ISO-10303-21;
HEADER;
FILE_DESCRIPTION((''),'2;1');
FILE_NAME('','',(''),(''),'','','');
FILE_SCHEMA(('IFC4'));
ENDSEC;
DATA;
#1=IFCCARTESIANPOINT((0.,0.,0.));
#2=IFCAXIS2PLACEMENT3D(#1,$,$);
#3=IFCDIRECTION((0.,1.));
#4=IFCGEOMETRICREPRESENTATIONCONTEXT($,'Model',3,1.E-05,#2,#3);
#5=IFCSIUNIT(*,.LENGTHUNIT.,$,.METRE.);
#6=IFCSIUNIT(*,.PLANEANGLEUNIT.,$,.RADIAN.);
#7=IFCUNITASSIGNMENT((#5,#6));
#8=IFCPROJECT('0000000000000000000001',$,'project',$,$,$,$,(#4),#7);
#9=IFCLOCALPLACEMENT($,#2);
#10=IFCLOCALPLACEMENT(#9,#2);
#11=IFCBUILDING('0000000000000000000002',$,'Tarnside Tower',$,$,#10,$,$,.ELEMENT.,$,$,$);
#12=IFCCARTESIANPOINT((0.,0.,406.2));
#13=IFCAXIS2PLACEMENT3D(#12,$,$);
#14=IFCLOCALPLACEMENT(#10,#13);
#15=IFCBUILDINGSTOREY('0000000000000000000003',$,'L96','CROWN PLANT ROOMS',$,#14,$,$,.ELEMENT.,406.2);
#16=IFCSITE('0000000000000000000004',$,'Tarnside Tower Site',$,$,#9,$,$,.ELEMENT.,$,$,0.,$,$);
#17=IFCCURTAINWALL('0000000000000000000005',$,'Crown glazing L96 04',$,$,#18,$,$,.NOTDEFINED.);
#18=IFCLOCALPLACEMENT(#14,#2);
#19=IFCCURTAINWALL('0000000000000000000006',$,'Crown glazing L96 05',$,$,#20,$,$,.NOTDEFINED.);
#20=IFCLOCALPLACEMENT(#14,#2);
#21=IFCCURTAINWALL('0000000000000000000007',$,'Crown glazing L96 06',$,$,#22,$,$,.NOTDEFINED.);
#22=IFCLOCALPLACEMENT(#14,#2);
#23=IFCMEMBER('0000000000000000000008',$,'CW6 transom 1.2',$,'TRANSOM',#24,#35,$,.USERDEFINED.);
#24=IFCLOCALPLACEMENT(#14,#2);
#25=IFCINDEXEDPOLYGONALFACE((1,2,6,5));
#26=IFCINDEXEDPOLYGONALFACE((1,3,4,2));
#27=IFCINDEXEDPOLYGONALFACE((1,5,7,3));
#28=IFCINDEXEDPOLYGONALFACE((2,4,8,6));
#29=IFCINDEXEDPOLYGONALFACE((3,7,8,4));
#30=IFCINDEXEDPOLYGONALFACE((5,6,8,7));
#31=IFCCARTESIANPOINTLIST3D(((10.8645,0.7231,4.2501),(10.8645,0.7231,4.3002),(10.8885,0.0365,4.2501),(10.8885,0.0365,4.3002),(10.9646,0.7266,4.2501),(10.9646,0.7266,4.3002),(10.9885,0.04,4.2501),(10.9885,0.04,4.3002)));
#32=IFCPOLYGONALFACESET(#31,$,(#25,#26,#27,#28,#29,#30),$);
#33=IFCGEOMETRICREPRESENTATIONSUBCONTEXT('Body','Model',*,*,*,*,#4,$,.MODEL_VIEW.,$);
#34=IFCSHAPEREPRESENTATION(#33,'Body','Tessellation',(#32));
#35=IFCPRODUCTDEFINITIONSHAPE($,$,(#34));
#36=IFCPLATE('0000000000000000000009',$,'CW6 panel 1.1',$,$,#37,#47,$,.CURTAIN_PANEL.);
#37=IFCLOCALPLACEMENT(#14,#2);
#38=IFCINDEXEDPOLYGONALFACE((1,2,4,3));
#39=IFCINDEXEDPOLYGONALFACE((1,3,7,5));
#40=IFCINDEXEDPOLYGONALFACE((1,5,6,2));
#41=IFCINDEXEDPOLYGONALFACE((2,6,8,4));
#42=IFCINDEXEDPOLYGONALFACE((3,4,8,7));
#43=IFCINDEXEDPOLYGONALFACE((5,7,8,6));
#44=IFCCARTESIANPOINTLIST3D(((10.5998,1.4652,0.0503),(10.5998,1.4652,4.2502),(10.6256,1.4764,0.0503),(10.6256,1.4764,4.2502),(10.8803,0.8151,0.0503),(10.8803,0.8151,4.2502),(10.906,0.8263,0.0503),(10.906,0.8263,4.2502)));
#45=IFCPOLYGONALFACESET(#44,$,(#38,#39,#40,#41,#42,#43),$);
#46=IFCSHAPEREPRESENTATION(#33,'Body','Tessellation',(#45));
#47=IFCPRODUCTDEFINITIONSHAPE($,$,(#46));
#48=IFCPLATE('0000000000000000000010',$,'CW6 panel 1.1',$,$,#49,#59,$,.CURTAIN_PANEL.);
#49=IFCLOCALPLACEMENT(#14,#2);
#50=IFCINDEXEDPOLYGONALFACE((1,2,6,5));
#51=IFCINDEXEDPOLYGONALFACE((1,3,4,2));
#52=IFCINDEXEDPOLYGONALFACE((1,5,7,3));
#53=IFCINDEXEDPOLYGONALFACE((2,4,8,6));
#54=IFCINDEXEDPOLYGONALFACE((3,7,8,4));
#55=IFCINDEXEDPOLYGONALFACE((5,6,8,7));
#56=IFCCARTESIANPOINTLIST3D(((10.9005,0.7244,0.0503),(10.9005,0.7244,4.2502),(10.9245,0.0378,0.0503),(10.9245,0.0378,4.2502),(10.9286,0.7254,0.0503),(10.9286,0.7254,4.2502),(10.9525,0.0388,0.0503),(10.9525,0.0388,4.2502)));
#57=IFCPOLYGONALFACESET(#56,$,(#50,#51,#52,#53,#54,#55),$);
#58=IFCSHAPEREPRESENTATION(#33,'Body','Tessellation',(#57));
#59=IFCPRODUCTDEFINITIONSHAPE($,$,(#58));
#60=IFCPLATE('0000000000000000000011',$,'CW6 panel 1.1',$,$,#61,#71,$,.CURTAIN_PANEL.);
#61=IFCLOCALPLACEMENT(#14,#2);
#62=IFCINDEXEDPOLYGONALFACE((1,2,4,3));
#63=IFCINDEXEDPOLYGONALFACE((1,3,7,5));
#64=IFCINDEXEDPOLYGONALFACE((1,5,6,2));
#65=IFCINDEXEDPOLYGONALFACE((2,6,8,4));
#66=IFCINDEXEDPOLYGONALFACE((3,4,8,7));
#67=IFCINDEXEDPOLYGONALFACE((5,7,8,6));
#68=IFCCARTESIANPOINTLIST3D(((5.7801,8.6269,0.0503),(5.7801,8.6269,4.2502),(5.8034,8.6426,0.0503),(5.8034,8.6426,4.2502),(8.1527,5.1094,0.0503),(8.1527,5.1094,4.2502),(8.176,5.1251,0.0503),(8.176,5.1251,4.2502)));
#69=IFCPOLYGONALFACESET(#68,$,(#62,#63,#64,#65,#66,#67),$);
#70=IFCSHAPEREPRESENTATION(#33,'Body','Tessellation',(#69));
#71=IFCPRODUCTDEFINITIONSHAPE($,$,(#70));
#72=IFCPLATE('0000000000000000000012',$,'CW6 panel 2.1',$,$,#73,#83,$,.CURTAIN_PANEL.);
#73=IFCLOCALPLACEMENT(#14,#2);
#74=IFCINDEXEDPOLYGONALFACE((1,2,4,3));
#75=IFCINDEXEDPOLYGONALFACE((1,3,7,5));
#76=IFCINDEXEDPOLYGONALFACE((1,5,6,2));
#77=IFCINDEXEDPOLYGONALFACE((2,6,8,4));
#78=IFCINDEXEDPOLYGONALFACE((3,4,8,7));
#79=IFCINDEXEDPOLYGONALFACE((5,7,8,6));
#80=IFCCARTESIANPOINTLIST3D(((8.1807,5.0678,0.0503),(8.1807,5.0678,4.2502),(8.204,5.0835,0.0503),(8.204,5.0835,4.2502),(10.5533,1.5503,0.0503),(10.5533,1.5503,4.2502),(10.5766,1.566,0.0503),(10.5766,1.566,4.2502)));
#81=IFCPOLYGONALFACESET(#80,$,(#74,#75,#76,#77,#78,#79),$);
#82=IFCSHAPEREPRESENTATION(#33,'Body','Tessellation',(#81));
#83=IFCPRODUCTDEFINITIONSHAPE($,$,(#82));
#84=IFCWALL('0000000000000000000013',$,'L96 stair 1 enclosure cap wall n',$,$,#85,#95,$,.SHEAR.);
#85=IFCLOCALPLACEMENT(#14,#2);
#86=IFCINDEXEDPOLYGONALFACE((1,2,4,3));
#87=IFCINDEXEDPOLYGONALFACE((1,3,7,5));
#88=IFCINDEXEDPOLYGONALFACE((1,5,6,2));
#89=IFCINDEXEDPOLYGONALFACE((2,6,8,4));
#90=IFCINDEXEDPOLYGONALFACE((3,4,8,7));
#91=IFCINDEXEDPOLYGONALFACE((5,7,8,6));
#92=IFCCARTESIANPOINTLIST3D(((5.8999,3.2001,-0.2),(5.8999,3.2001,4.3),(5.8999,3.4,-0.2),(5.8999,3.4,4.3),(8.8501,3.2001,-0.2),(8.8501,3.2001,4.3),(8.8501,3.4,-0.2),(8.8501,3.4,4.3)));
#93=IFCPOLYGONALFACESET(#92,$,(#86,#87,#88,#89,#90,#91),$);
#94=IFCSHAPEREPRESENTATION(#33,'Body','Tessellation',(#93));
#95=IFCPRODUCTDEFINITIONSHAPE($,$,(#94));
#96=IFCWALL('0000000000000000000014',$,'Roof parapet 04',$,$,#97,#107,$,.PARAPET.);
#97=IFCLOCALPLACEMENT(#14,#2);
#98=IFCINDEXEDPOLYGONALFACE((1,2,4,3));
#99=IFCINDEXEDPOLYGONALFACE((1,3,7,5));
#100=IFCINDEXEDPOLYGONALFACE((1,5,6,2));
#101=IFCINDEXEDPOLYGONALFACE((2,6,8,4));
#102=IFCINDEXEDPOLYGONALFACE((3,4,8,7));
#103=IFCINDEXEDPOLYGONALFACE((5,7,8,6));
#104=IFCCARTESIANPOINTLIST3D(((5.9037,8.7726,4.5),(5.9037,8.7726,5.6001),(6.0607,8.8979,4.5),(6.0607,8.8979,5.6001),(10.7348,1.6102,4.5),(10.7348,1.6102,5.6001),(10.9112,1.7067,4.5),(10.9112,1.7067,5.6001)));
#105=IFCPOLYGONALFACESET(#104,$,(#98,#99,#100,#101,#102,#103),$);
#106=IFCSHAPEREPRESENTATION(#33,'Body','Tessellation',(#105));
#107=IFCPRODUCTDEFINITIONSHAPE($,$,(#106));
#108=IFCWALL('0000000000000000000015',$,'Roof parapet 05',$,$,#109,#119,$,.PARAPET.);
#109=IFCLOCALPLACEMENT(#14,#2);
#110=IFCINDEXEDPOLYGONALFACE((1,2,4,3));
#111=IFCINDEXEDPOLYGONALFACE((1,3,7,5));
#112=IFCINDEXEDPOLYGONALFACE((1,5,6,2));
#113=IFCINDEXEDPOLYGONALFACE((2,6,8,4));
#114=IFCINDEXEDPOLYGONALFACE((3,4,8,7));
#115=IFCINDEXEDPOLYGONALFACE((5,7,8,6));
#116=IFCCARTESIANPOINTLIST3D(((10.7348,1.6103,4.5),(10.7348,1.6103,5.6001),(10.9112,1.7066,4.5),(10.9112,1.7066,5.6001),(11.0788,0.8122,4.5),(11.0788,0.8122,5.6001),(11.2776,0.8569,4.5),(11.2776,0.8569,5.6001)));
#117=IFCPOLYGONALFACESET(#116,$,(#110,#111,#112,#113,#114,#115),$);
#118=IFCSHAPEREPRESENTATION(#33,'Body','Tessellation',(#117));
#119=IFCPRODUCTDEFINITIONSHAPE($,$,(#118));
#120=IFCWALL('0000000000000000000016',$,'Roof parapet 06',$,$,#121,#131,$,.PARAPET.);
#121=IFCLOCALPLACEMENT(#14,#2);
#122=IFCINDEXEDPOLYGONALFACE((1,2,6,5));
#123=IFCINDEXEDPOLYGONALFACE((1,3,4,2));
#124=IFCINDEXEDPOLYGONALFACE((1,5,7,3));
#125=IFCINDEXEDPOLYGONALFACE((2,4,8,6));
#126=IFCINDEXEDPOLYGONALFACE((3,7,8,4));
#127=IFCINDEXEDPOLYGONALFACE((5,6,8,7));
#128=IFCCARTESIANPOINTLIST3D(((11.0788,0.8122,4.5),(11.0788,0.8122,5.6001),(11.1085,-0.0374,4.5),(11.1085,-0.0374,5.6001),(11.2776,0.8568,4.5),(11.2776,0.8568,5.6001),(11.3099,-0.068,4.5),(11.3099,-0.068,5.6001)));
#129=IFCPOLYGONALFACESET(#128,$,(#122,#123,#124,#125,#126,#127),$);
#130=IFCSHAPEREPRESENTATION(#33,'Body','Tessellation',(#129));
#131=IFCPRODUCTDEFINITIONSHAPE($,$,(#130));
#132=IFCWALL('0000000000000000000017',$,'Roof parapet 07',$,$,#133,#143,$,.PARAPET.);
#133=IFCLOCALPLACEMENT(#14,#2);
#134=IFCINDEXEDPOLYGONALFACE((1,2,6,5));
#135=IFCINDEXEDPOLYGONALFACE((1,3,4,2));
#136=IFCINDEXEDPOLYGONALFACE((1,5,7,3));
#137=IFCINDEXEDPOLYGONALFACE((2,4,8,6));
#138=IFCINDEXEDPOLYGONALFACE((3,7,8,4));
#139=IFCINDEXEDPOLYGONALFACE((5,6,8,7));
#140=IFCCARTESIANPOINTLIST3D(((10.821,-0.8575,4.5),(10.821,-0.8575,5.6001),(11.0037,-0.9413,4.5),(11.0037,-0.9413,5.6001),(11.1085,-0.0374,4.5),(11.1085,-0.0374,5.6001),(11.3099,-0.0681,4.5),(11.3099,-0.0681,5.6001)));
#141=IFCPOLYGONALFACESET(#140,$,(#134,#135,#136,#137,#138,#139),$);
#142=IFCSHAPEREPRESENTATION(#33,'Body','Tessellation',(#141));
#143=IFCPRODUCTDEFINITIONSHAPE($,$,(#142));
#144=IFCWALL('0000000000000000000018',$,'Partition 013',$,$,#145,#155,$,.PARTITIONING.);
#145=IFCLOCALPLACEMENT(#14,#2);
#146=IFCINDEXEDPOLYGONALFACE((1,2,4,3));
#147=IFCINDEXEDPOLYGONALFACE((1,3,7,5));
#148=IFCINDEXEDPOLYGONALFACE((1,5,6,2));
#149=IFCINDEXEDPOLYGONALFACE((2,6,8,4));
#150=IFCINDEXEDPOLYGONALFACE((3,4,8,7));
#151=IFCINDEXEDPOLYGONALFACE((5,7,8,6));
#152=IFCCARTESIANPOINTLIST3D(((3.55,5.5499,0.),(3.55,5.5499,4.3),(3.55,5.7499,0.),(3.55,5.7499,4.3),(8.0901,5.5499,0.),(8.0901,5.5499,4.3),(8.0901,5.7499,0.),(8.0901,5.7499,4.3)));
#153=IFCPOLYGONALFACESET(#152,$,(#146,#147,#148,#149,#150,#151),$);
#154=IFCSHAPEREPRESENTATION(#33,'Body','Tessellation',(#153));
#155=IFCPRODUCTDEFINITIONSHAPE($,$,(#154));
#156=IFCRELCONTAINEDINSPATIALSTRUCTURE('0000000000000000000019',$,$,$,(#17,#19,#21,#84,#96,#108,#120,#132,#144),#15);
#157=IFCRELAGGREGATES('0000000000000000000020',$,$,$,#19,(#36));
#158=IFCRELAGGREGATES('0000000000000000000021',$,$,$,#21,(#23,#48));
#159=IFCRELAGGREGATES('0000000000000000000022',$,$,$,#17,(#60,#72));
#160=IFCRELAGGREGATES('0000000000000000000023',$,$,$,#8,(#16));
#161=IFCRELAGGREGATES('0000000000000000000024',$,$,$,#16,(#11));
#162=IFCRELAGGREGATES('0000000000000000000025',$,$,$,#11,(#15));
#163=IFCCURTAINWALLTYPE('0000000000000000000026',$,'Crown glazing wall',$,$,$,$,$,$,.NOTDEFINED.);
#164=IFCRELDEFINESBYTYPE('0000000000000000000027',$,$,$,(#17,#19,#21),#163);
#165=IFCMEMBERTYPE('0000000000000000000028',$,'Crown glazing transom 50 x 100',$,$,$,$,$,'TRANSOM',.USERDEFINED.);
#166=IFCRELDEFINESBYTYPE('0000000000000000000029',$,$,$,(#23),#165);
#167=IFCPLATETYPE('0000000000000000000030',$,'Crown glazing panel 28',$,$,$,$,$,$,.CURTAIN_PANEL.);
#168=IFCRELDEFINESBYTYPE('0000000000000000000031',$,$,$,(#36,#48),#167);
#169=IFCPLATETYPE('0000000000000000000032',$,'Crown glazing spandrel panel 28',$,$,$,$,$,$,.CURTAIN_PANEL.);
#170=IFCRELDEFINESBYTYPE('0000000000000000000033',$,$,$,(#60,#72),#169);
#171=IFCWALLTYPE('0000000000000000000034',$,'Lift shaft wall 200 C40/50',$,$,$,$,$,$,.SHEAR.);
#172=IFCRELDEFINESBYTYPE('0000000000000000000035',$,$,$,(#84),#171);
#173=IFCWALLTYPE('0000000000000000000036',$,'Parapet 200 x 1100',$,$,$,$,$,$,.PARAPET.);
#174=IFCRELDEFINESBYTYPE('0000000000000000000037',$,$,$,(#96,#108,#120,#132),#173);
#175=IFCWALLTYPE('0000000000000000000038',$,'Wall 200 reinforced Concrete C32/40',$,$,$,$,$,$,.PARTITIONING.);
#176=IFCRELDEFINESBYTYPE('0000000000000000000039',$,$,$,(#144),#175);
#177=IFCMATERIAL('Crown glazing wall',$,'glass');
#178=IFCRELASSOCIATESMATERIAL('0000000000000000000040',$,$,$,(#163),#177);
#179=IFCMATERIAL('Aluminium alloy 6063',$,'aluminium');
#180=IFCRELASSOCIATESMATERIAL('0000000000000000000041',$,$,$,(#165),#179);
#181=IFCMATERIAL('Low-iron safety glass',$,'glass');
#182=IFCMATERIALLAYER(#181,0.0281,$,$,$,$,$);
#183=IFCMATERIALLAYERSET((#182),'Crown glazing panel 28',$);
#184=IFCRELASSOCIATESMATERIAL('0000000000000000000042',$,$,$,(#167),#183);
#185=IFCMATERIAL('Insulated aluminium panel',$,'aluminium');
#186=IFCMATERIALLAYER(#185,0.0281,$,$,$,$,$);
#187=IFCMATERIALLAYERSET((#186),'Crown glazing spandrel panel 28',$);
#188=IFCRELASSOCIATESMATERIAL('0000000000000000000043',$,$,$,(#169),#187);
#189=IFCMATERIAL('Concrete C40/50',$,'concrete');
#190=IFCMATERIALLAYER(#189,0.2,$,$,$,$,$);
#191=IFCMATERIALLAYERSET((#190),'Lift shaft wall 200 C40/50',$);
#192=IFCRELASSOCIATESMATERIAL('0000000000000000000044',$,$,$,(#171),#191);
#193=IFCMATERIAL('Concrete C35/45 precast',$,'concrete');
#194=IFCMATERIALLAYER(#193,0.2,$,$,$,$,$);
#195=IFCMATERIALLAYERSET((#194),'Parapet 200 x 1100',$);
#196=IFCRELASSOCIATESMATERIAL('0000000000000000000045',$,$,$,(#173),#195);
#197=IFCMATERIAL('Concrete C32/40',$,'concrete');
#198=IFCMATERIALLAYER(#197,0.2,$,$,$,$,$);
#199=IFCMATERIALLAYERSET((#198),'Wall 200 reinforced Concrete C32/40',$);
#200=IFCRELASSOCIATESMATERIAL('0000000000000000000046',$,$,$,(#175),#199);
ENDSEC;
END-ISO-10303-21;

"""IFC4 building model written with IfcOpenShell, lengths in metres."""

from ifc_helpers import new_model, si_unit, direction, frame, frame_2d, origin, origin_2d, place, context, subcontext, project, spatial, polyline, rectangle, outline, extrude, material, layer, layer_set, material_profile, profile_set, type_object, element, aggregate, save


model = new_model("IFC4")

# Units and contexts
model_context = context("Model", 3, precision=1e-05, world=origin(), true_north=direction((0.0, 1.0)))
body_context = subcontext(model_context, "Body", "Model", "MODEL_VIEW")
ifc_project = project(units=[si_unit("LENGTHUNIT", "METRE"), si_unit("PLANEANGLEUNIT", "RADIAN")], contexts=[model_context])

# Site, building, storey
site_placement = place(None, origin())
site = spatial("IfcSite", under=ifc_project, at=site_placement, Name="Tarnside Tower Site", CompositionType="ELEMENT", RefElevation=0.0)
building_placement = place(site_placement, origin())
building = spatial("IfcBuilding", under=site, at=building_placement, Name="Tarnside Tower", CompositionType="ELEMENT")
storey_placement = place(building_placement, frame((0.0, 0.0, 406.2)))
storey = spatial("IfcBuildingStorey", under=building, at=storey_placement, Name="L96", Description="CROWN PLANT ROOMS", CompositionType="ELEMENT", Elevation=406.2)

# Curtain walls
ifc_material_1 = material(Name="Crown glazing wall", Category="glass")
curtain_wall_type = type_object("IfcCurtainWallType", Name="Crown glazing wall", PredefinedType="NOTDEFINED", material=ifc_material_1)
curtain_wall_1_placement = place(storey_placement, origin())
curtain_wall_1 = element("IfcCurtainWall", 1, at=curtain_wall_1_placement, inside=storey, type_object=curtain_wall_type, Name="Crown glazing L96 04", PredefinedType="NOTDEFINED")
ifc_material_2 = material(Name="Aluminium alloy 6063", Category="aluminium")
curtain_wall_2_placement = place(storey_placement, origin())
curtain_wall_2 = element("IfcCurtainWall", 2, at=curtain_wall_2_placement, inside=storey, type_object=curtain_wall_type, Name="Crown glazing L96 05", PredefinedType="NOTDEFINED")
curtain_wall_3_placement = place(storey_placement, origin())
curtain_wall_3 = element("IfcCurtainWall", 3, at=curtain_wall_3_placement, inside=storey, type_object=curtain_wall_type, Name="Crown glazing L96 06", PredefinedType="NOTDEFINED")

# Member
ifc_material_profile_1 = material_profile(ifc_material_2, rectangle(XDim=0.1001, YDim=0.05, at=origin_2d()), Name="Crown glazing transom 50 x 100")
ifc_profile_set_1 = profile_set([ifc_material_profile_1], Name="Aluminium alloy 6063")
member_type_1 = type_object("IfcMemberType", Name="Crown glazing transom 50 x 100", ElementType="TRANSOM", PredefinedType="USERDEFINED", material=ifc_profile_set_1)
member_1_placement = place(storey_placement, frame((10.9146, 0.7249, 4.2751), z_axis=(0.034829, -0.999393, 0.0), x_axis=(0.999393, 0.034829, 0.0)))
member_1 = element("IfcMember", 4, at=member_1_placement, type_object=member_type_1, Name="CW6 transom 1.2", ObjectType="TRANSOM", PredefinedType="USERDEFINED", context=body_context, shape_type="SweptSolid", body=[
    extrude(rectangle(XDim=0.1001, YDim=0.05, at=origin_2d()), origin(), (0.0, 0.0, 1.0), 0.687),
])

# Plates
ifc_material_3 = material(Name="Low-iron safety glass", Category="glass")
ifc_layer_1 = layer(ifc_material_3, 0.0281)
ifc_layer_set_1 = layer_set([ifc_layer_1], Name="Crown glazing panel 28")
plate_type_1 = type_object("IfcPlateType", Name="Crown glazing panel 28", PredefinedType="CURTAIN_PANEL", material=ifc_layer_set_1)
plate_1_placement = place(storey_placement, frame((10.7529, 1.1458, 0.0503), z_axis=(0.0, 0.0, 1.0), x_axis=(0.39608, -0.918216, 0.0)))
plate_1 = element("IfcPlate", 5, at=plate_1_placement, type_object=plate_type_1, Name="CW6 panel 1.1", PredefinedType="CURTAIN_PANEL", context=body_context, shape_type="SweptSolid", body=[
    extrude(rectangle(XDim=0.708, YDim=0.0281, at=origin_2d()), origin(), (0.0, 0.0, 1.0), 4.2),
])
aggregate(curtain_wall_2, [plate_1])
plate_2_placement = place(storey_placement, frame((10.9265, 0.3816, 0.0503), z_axis=(0.0, 0.0, 1.0), x_axis=(0.034899, -0.999391, 0.0)))
plate_2 = element("IfcPlate", 6, at=plate_2_placement, type_object=plate_type_1, Name="CW6 panel 1.1", PredefinedType="CURTAIN_PANEL", context=body_context, shape_type="SweptSolid", body=[
    extrude(rectangle(XDim=0.687, YDim=0.0281, at=origin_2d()), origin(), (0.0, 0.0, 1.0), 4.2),
])
aggregate(curtain_wall_3, [member_1, plate_2])
ifc_material_4 = material(Name="Insulated aluminium panel", Category="aluminium")
ifc_layer_2 = layer(ifc_material_4, 0.0281)
ifc_layer_set_2 = layer_set([ifc_layer_2], Name="Crown glazing spandrel panel 28")
plate_type_2 = type_object("IfcPlateType", Name="Crown glazing spandrel panel 28", PredefinedType="CURTAIN_PANEL", material=ifc_layer_set_2)
plate_3_placement = place(storey_placement, frame((6.978, 6.876, 0.0503), z_axis=(0.0, 0.0, 1.0), x_axis=(0.559193, -0.829038, 0.0)))
plate_3 = element("IfcPlate", 7, at=plate_3_placement, type_object=plate_type_2, Name="CW6 panel 1.1", PredefinedType="CURTAIN_PANEL", context=body_context, shape_type="SweptSolid", body=[
    extrude(rectangle(XDim=4.2429, YDim=0.0281, at=origin_2d()), origin(), (0.0, 0.0, 1.0), 4.2),
])
plate_4_placement = place(storey_placement, frame((9.3787, 3.3169, 0.0503), z_axis=(0.0, 0.0, 1.0), x_axis=(0.559193, -0.829038, 0.0)))
plate_4 = element("IfcPlate", 8, at=plate_4_placement, type_object=plate_type_2, Name="CW6 panel 2.1", PredefinedType="CURTAIN_PANEL", context=body_context, shape_type="SweptSolid", body=[
    extrude(rectangle(XDim=4.2429, YDim=0.0281, at=origin_2d()), origin(), (0.0, 0.0, 1.0), 4.2),
])
aggregate(curtain_wall_1, [plate_3, plate_4])

# Walls
ifc_material_5 = material(Name="Concrete C40/50", Category="concrete")
ifc_layer_3 = layer(ifc_material_5, 0.2)
ifc_layer_set_3 = layer_set([ifc_layer_3], Name="Lift shaft wall 200 C40/50")
wall_type_1 = type_object("IfcWallType", Name="Lift shaft wall 200 C40/50", PredefinedType="SHEAR", material=ifc_layer_set_3)
wall_1_placement = place(storey_placement, frame((5.8999, 3.3, -0.2), z_axis=(0.0, 0.0, 1.0), x_axis=(1.0, 0.0, 0.0)))
element("IfcWall", 9, at=wall_1_placement, inside=storey, type_object=wall_type_1, Name="L96 stair 1 enclosure cap wall n", PredefinedType="SHEAR", context=body_context, shape_type="SweptSolid", body=[
    extrude(rectangle(XDim=2.9502, YDim=0.2, at=frame_2d((1.4751, 0.0))), origin(), (0.0, 0.0, 1.0), 4.5),
])
ifc_material_6 = material(Name="Concrete C35/45 precast", Category="concrete")
ifc_layer_4 = layer(ifc_material_6, 0.2)
ifc_layer_set_4 = layer_set([ifc_layer_4], Name="Parapet 200 x 1100")
wall_type_2 = type_object("IfcWallType", Name="Parapet 200 x 1100", PredefinedType="PARAPET", material=ifc_layer_set_4)
wall_2_placement = place(storey_placement, frame((5.9822, 8.8352, 4.5), z_axis=(0.0, 0.0, 1.0), x_axis=(0.559196, -0.829036, 0.0)))
element("IfcWall", 10, at=wall_2_placement, inside=storey, type_object=wall_type_2, Name="Roof parapet 04", PredefinedType="PARAPET", context=body_context, shape_type="SweptSolid", body=[
    extrude(outline(polyline([(0.0081, -0.1001), (8.6475, -0.1001), (8.666, 0.1001), (-0.0081, 0.1001), (0.0081, -0.1001)])), origin(), (0.0, 0.0, 1.0), 1.1001),
])
wall_3_placement = place(storey_placement, frame((10.823, 1.6584, 4.5), z_axis=(0.0, 0.0, 1.0), x_axis=(0.395889, -0.918299, 0.0)))
element("IfcWall", 11, at=wall_3_placement, inside=storey, type_object=wall_type_2, Name="Roof parapet 05", PredefinedType="PARAPET", context=body_context, shape_type="SweptSolid", body=[
    extrude(outline(polyline([(0.0093, -0.1001), (0.8784, -0.1001), (0.916, 0.1001), (-0.0093, 0.1001), (0.0093, -0.1001)])), origin(), (0.0, 0.0, 1.0), 1.1001),
])
wall_4_placement = place(storey_placement, frame((11.1782, 0.8345, 4.5), z_axis=(0.0, 0.0, 1.0), x_axis=(0.034926, -0.99939, 0.0)))
element("IfcWall", 12, at=wall_4_placement, inside=storey, type_object=wall_type_2, Name="Roof parapet 06", PredefinedType="PARAPET", context=body_context, shape_type="SweptSolid", body=[
    extrude(outline(polyline([(0.0188, -0.1001), (0.8689, -0.1001), (0.9065, 0.1001), (-0.0188, 0.1001), (0.0188, -0.1001)])), origin(), (0.0, 0.0, 1.0), 1.1001),
])
wall_5_placement = place(storey_placement, frame((11.2092, -0.0527, 4.5), z_axis=(0.0, 0.0, 1.0), x_axis=(-0.330884, -0.943672, 0.0)))
element("IfcWall", 13, at=wall_5_placement, inside=storey, type_object=wall_type_2, Name="Roof parapet 07", PredefinedType="PARAPET", context=body_context, shape_type="SweptSolid", body=[
    extrude(outline(polyline([(0.0188, -0.1001), (0.8879, -0.1001), (0.9065, 0.1001), (-0.0188, 0.1001), (0.0188, -0.1001)])), origin(), (0.0, 0.0, 1.0), 1.1001),
])
ifc_material_7 = material(Name="Concrete C32/40", Category="concrete")
ifc_layer_5 = layer(ifc_material_7, 0.2)
ifc_layer_set_5 = layer_set([ifc_layer_5], Name="Wall 200 reinforced Concrete C32/40")
wall_type_3 = type_object("IfcWallType", Name="Wall 200 reinforced Concrete C32/40", PredefinedType="PARTITIONING", material=ifc_layer_set_5)
wall_6_placement = place(storey_placement, frame((8.0901, 5.6499, 0.0), z_axis=(0.0, 0.0, 1.0), x_axis=(-1.0, 0.0, 0.0)))
element("IfcWall", 14, at=wall_6_placement, inside=storey, type_object=wall_type_3, Name="Partition 013", PredefinedType="PARTITIONING", context=body_context, shape_type="SweptSolid", body=[
    extrude(rectangle(XDim=4.54, YDim=0.2, at=frame_2d((2.27, 0.0))), origin(), (0.0, 0.0, 1.0), 4.3),
])

save(model, "model.ifc")
